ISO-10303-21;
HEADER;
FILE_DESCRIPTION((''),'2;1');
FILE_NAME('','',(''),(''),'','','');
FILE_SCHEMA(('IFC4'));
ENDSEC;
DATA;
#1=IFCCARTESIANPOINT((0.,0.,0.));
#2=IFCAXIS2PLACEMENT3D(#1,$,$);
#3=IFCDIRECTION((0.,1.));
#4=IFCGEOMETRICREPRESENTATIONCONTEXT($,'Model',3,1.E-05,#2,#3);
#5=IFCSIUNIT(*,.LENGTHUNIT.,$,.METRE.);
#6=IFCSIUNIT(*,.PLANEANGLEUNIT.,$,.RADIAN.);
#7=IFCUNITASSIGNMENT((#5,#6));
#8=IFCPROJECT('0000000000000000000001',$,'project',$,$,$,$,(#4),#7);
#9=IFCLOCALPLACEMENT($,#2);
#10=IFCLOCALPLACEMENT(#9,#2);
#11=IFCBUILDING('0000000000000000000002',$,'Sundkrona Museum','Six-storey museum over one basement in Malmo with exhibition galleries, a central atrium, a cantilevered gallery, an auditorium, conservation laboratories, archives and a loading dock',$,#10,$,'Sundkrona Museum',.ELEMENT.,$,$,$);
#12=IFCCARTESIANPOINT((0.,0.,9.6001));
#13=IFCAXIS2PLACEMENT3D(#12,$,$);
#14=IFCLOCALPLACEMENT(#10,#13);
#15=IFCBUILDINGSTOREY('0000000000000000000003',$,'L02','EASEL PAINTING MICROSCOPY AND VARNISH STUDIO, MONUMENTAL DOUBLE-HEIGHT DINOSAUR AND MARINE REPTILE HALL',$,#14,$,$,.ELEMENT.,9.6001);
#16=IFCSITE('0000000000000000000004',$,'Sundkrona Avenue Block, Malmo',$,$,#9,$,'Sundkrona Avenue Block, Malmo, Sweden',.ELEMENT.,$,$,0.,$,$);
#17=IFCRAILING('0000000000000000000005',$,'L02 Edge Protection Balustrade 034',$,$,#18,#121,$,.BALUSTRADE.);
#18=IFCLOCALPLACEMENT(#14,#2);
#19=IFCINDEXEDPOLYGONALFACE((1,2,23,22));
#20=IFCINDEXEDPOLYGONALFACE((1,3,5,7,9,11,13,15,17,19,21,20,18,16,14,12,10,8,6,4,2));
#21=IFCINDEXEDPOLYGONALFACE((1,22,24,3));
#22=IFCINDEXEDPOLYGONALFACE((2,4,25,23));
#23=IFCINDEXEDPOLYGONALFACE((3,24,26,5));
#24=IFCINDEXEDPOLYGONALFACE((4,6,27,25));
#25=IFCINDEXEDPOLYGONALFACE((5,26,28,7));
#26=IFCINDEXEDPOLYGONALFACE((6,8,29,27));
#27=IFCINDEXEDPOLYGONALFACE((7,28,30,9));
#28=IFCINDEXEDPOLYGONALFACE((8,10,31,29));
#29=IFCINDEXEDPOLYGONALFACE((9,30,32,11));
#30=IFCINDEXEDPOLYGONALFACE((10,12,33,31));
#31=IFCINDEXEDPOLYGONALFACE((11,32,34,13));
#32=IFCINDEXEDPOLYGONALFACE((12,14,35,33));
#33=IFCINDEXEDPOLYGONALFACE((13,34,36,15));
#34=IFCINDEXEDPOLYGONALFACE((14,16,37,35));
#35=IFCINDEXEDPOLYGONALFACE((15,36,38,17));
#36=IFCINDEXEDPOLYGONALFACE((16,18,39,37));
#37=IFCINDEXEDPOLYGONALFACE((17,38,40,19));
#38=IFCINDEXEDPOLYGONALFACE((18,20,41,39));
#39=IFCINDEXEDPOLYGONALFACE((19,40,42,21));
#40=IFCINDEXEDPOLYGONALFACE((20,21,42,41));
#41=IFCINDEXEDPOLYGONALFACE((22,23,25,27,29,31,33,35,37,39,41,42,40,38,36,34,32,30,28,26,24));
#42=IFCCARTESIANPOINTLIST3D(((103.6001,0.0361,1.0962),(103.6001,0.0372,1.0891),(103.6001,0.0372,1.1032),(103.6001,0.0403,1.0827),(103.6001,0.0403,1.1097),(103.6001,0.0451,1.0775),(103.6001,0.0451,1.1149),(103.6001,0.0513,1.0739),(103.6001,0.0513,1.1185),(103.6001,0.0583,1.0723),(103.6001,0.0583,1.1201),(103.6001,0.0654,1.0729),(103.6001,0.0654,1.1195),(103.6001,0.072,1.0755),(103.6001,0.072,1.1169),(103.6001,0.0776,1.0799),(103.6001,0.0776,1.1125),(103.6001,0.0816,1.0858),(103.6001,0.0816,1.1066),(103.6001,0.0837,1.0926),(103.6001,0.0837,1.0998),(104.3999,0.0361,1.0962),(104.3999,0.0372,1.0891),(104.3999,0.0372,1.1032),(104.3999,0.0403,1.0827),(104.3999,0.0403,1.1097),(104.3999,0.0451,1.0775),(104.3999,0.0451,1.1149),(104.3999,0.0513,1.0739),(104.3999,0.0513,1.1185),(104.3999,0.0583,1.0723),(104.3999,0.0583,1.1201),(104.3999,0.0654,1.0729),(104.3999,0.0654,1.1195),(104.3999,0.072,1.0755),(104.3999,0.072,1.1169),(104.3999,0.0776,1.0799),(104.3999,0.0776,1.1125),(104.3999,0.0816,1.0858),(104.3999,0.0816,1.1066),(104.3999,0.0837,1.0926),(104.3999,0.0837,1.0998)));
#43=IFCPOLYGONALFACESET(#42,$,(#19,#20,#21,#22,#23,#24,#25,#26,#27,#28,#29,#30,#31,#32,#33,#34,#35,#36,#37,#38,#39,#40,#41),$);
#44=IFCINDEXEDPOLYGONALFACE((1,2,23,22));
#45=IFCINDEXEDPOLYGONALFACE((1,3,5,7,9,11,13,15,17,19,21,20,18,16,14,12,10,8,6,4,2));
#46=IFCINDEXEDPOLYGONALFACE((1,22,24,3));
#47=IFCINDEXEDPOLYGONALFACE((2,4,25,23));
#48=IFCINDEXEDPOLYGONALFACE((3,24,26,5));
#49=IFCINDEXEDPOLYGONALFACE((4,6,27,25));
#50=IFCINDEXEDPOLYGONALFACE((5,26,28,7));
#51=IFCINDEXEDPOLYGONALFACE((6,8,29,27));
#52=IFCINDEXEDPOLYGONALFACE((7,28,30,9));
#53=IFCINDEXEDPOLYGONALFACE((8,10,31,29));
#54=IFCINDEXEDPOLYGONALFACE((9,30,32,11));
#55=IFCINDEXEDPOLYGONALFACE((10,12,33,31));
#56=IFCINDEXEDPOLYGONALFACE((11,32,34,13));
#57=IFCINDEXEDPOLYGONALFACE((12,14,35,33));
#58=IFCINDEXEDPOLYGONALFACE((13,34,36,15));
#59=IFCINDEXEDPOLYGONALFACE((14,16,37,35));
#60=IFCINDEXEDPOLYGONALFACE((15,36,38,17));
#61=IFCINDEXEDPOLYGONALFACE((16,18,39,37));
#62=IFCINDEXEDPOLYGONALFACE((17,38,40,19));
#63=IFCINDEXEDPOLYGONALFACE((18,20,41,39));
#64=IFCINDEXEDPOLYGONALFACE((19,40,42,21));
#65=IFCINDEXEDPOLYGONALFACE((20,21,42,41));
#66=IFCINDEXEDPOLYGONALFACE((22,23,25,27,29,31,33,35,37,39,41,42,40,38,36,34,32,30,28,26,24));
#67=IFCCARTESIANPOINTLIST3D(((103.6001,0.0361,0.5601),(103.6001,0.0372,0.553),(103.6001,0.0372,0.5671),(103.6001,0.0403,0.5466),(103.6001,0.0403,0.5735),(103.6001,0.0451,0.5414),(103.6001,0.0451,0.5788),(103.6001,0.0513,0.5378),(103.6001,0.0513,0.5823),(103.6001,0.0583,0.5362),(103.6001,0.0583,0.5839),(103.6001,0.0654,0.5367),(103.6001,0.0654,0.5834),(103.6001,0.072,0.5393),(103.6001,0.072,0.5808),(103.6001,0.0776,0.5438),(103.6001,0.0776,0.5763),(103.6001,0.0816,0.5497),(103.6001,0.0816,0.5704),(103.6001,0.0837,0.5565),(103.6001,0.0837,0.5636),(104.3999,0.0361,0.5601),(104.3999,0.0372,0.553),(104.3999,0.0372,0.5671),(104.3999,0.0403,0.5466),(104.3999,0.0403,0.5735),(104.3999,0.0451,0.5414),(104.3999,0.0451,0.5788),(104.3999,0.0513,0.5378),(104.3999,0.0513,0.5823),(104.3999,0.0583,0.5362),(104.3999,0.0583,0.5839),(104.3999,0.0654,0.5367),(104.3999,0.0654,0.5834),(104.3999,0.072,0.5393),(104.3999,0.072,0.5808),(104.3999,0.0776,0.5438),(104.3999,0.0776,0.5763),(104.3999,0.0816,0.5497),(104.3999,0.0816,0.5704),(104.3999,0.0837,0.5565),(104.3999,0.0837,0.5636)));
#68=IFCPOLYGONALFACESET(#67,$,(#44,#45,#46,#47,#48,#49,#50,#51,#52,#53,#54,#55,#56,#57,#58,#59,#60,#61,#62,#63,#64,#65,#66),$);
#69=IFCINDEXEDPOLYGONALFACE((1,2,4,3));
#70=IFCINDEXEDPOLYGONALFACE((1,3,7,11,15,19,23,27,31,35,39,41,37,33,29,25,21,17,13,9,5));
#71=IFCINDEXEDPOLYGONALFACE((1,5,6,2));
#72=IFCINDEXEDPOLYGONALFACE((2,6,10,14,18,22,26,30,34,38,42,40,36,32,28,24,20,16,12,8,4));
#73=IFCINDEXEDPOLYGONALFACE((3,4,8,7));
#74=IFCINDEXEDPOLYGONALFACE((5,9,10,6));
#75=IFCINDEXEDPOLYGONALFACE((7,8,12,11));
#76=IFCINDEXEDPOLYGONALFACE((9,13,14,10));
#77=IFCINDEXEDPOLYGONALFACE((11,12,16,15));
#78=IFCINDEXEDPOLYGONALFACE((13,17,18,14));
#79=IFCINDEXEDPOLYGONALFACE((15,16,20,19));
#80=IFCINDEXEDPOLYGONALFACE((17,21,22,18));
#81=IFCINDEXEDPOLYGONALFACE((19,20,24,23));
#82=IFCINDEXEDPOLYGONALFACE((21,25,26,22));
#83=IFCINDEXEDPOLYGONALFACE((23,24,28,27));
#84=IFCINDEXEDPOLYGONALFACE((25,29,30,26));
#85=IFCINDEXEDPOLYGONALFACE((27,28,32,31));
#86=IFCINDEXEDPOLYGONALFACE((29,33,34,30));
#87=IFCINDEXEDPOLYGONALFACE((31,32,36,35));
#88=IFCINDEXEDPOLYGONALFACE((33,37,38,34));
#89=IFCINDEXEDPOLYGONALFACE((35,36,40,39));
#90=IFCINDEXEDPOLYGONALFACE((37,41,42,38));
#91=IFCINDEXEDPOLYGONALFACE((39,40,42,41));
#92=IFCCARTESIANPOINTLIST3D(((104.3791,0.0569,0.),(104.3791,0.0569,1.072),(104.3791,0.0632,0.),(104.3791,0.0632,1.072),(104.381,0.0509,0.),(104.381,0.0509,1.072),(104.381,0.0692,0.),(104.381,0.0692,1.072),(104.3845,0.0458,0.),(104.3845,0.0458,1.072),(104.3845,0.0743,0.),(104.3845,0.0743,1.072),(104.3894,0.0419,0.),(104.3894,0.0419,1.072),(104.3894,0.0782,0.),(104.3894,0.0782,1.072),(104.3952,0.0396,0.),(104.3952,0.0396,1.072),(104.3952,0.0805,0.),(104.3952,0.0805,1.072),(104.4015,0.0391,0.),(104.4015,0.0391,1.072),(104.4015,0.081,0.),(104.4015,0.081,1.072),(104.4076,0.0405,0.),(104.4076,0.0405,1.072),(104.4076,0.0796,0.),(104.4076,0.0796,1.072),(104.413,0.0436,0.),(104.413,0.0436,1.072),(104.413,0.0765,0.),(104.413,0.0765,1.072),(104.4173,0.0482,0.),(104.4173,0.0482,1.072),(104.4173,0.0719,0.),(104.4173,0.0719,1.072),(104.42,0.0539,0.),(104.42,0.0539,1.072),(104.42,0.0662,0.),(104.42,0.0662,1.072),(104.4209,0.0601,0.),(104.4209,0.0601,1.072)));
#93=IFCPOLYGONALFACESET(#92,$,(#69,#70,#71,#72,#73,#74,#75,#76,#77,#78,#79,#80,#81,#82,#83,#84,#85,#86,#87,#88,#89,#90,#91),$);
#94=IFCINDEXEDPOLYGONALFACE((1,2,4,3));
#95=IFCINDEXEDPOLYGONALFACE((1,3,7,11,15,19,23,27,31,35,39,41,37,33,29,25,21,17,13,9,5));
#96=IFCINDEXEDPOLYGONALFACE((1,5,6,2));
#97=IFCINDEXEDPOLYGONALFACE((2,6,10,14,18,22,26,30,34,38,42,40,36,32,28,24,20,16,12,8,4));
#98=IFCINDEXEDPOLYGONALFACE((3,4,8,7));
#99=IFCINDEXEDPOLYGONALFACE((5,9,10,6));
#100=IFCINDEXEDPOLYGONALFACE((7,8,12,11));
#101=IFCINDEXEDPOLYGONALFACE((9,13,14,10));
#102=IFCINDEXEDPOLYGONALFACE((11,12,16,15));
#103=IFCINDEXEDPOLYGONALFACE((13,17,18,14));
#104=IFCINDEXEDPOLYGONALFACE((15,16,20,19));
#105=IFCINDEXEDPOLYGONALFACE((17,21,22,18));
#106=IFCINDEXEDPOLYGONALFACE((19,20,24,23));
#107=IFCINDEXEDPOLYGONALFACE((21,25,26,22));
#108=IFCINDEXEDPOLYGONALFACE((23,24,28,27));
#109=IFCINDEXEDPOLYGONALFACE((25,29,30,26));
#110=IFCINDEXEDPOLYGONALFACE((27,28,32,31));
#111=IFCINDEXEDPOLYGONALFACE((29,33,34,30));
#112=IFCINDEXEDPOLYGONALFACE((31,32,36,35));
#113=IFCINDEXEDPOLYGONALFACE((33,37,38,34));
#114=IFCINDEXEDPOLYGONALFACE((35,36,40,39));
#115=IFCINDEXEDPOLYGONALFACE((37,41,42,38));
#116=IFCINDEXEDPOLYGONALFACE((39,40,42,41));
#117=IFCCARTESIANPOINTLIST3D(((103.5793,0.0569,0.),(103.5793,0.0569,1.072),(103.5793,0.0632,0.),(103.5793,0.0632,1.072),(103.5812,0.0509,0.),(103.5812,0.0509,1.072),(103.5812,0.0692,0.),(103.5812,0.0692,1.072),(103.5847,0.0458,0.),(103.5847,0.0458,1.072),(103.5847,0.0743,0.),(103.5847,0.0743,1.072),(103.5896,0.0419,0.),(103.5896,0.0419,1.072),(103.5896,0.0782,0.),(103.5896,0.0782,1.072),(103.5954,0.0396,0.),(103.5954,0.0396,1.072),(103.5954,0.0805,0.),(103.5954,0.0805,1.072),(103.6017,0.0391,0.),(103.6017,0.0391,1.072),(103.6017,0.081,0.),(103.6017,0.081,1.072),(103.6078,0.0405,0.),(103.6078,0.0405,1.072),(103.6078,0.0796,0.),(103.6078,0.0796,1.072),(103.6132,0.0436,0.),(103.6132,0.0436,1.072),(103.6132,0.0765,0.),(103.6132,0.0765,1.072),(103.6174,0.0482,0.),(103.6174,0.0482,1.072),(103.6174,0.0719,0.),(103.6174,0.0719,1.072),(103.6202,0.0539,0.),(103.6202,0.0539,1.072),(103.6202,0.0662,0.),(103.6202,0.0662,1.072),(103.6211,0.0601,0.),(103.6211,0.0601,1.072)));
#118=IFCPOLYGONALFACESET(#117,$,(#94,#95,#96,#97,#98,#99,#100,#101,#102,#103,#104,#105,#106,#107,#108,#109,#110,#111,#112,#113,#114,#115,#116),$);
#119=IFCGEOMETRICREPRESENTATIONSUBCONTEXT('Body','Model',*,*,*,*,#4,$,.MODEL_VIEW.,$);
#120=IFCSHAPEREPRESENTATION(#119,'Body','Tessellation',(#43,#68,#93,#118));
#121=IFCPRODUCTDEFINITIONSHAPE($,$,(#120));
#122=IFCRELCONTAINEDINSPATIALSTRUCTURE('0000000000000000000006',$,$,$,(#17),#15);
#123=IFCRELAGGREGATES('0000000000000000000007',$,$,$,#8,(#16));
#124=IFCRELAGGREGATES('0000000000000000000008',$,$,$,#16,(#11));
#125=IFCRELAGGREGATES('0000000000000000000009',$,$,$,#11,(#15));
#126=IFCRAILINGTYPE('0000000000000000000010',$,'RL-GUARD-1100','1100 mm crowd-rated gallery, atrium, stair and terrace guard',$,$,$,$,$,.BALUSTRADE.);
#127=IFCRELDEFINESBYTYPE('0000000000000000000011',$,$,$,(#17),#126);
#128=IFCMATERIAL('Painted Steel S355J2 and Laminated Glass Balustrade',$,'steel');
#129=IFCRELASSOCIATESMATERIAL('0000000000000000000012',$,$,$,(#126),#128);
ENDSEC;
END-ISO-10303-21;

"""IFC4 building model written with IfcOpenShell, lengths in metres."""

from ifc_helpers import new_model, si_unit, direction, frame, origin, origin_2d, place, context, subcontext, project, spatial, circle, extrude, material, type_object, element, save


model = new_model("IFC4")

# Units and contexts
model_context = context("Model", 3, precision=1e-05, world=origin(), true_north=direction((0.0, 1.0)))
body_context = subcontext(model_context, "Body", "Model", "MODEL_VIEW")
ifc_project = project(units=[si_unit("LENGTHUNIT", "METRE"), si_unit("PLANEANGLEUNIT", "RADIAN")], contexts=[model_context])

# Site, building, storey
site_placement = place(None, origin())
site = spatial("IfcSite", under=ifc_project, at=site_placement, Name="Sundkrona Avenue Block, Malmo", LongName="Sundkrona Avenue Block, Malmo, Sweden", CompositionType="ELEMENT", RefElevation=0.0)
building_placement = place(site_placement, origin())
building = spatial("IfcBuilding", under=site, at=building_placement, Name="Sundkrona Museum", Description="Six-storey museum over one basement in Malmo with exhibition galleries, a central atrium, a cantilevered gallery, an auditorium, conservation laboratories, archives and a loading dock", LongName="Sundkrona Museum", CompositionType="ELEMENT")
storey_placement = place(building_placement, frame((0.0, 0.0, 9.6001)))
storey = spatial("IfcBuildingStorey", under=building, at=storey_placement, Name="L02", Description="EASEL PAINTING MICROSCOPY AND VARNISH STUDIO, MONUMENTAL DOUBLE-HEIGHT DINOSAUR AND MARINE REPTILE HALL", CompositionType="ELEMENT", Elevation=9.6001)

# Railing
ifc_material_1 = material(Name="Painted Steel S355J2 and Laminated Glass Balustrade", Category="steel")
railing_type = type_object("IfcRailingType", Name="RL-GUARD-1100", Description="1100 mm crowd-rated gallery, atrium, stair and terrace guard", PredefinedType="BALUSTRADE", material=ifc_material_1)
railing_placement = place(storey_placement, frame((104.3999, 0.0601, 0.0)))
element("IfcRailing", 1, at=railing_placement, inside=storey, type_object=railing_type, Name="L02 Edge Protection Balustrade 034", PredefinedType="BALUSTRADE", context=body_context, shape_type="SweptSolid", body=[
    extrude(circle(Radius=0.0239, at=origin_2d()), frame((0.0, 0.0, 1.0962), z_axis=(-1.0, 0.0, 0.0), x_axis=(0.0, -1.0, 0.0)), (0.0, 0.0, 1.0), 0.7998),
    extrude(circle(Radius=0.0239, at=origin_2d()), frame((0.0, 0.0, 0.5601), z_axis=(-1.0, 0.0, 0.0), x_axis=(0.0, -1.0, 0.0)), (0.0, 0.0, 1.0), 0.7998),
    extrude(circle(Radius=0.021, at=origin_2d()), origin(), (0.0, 0.0, 1.0), 1.072),
    extrude(circle(Radius=0.021, at=origin_2d()), frame((-0.7998, 0.0, 0.0)), (0.0, 0.0, 1.0), 1.072),
])

save(model, "model.ifc")
